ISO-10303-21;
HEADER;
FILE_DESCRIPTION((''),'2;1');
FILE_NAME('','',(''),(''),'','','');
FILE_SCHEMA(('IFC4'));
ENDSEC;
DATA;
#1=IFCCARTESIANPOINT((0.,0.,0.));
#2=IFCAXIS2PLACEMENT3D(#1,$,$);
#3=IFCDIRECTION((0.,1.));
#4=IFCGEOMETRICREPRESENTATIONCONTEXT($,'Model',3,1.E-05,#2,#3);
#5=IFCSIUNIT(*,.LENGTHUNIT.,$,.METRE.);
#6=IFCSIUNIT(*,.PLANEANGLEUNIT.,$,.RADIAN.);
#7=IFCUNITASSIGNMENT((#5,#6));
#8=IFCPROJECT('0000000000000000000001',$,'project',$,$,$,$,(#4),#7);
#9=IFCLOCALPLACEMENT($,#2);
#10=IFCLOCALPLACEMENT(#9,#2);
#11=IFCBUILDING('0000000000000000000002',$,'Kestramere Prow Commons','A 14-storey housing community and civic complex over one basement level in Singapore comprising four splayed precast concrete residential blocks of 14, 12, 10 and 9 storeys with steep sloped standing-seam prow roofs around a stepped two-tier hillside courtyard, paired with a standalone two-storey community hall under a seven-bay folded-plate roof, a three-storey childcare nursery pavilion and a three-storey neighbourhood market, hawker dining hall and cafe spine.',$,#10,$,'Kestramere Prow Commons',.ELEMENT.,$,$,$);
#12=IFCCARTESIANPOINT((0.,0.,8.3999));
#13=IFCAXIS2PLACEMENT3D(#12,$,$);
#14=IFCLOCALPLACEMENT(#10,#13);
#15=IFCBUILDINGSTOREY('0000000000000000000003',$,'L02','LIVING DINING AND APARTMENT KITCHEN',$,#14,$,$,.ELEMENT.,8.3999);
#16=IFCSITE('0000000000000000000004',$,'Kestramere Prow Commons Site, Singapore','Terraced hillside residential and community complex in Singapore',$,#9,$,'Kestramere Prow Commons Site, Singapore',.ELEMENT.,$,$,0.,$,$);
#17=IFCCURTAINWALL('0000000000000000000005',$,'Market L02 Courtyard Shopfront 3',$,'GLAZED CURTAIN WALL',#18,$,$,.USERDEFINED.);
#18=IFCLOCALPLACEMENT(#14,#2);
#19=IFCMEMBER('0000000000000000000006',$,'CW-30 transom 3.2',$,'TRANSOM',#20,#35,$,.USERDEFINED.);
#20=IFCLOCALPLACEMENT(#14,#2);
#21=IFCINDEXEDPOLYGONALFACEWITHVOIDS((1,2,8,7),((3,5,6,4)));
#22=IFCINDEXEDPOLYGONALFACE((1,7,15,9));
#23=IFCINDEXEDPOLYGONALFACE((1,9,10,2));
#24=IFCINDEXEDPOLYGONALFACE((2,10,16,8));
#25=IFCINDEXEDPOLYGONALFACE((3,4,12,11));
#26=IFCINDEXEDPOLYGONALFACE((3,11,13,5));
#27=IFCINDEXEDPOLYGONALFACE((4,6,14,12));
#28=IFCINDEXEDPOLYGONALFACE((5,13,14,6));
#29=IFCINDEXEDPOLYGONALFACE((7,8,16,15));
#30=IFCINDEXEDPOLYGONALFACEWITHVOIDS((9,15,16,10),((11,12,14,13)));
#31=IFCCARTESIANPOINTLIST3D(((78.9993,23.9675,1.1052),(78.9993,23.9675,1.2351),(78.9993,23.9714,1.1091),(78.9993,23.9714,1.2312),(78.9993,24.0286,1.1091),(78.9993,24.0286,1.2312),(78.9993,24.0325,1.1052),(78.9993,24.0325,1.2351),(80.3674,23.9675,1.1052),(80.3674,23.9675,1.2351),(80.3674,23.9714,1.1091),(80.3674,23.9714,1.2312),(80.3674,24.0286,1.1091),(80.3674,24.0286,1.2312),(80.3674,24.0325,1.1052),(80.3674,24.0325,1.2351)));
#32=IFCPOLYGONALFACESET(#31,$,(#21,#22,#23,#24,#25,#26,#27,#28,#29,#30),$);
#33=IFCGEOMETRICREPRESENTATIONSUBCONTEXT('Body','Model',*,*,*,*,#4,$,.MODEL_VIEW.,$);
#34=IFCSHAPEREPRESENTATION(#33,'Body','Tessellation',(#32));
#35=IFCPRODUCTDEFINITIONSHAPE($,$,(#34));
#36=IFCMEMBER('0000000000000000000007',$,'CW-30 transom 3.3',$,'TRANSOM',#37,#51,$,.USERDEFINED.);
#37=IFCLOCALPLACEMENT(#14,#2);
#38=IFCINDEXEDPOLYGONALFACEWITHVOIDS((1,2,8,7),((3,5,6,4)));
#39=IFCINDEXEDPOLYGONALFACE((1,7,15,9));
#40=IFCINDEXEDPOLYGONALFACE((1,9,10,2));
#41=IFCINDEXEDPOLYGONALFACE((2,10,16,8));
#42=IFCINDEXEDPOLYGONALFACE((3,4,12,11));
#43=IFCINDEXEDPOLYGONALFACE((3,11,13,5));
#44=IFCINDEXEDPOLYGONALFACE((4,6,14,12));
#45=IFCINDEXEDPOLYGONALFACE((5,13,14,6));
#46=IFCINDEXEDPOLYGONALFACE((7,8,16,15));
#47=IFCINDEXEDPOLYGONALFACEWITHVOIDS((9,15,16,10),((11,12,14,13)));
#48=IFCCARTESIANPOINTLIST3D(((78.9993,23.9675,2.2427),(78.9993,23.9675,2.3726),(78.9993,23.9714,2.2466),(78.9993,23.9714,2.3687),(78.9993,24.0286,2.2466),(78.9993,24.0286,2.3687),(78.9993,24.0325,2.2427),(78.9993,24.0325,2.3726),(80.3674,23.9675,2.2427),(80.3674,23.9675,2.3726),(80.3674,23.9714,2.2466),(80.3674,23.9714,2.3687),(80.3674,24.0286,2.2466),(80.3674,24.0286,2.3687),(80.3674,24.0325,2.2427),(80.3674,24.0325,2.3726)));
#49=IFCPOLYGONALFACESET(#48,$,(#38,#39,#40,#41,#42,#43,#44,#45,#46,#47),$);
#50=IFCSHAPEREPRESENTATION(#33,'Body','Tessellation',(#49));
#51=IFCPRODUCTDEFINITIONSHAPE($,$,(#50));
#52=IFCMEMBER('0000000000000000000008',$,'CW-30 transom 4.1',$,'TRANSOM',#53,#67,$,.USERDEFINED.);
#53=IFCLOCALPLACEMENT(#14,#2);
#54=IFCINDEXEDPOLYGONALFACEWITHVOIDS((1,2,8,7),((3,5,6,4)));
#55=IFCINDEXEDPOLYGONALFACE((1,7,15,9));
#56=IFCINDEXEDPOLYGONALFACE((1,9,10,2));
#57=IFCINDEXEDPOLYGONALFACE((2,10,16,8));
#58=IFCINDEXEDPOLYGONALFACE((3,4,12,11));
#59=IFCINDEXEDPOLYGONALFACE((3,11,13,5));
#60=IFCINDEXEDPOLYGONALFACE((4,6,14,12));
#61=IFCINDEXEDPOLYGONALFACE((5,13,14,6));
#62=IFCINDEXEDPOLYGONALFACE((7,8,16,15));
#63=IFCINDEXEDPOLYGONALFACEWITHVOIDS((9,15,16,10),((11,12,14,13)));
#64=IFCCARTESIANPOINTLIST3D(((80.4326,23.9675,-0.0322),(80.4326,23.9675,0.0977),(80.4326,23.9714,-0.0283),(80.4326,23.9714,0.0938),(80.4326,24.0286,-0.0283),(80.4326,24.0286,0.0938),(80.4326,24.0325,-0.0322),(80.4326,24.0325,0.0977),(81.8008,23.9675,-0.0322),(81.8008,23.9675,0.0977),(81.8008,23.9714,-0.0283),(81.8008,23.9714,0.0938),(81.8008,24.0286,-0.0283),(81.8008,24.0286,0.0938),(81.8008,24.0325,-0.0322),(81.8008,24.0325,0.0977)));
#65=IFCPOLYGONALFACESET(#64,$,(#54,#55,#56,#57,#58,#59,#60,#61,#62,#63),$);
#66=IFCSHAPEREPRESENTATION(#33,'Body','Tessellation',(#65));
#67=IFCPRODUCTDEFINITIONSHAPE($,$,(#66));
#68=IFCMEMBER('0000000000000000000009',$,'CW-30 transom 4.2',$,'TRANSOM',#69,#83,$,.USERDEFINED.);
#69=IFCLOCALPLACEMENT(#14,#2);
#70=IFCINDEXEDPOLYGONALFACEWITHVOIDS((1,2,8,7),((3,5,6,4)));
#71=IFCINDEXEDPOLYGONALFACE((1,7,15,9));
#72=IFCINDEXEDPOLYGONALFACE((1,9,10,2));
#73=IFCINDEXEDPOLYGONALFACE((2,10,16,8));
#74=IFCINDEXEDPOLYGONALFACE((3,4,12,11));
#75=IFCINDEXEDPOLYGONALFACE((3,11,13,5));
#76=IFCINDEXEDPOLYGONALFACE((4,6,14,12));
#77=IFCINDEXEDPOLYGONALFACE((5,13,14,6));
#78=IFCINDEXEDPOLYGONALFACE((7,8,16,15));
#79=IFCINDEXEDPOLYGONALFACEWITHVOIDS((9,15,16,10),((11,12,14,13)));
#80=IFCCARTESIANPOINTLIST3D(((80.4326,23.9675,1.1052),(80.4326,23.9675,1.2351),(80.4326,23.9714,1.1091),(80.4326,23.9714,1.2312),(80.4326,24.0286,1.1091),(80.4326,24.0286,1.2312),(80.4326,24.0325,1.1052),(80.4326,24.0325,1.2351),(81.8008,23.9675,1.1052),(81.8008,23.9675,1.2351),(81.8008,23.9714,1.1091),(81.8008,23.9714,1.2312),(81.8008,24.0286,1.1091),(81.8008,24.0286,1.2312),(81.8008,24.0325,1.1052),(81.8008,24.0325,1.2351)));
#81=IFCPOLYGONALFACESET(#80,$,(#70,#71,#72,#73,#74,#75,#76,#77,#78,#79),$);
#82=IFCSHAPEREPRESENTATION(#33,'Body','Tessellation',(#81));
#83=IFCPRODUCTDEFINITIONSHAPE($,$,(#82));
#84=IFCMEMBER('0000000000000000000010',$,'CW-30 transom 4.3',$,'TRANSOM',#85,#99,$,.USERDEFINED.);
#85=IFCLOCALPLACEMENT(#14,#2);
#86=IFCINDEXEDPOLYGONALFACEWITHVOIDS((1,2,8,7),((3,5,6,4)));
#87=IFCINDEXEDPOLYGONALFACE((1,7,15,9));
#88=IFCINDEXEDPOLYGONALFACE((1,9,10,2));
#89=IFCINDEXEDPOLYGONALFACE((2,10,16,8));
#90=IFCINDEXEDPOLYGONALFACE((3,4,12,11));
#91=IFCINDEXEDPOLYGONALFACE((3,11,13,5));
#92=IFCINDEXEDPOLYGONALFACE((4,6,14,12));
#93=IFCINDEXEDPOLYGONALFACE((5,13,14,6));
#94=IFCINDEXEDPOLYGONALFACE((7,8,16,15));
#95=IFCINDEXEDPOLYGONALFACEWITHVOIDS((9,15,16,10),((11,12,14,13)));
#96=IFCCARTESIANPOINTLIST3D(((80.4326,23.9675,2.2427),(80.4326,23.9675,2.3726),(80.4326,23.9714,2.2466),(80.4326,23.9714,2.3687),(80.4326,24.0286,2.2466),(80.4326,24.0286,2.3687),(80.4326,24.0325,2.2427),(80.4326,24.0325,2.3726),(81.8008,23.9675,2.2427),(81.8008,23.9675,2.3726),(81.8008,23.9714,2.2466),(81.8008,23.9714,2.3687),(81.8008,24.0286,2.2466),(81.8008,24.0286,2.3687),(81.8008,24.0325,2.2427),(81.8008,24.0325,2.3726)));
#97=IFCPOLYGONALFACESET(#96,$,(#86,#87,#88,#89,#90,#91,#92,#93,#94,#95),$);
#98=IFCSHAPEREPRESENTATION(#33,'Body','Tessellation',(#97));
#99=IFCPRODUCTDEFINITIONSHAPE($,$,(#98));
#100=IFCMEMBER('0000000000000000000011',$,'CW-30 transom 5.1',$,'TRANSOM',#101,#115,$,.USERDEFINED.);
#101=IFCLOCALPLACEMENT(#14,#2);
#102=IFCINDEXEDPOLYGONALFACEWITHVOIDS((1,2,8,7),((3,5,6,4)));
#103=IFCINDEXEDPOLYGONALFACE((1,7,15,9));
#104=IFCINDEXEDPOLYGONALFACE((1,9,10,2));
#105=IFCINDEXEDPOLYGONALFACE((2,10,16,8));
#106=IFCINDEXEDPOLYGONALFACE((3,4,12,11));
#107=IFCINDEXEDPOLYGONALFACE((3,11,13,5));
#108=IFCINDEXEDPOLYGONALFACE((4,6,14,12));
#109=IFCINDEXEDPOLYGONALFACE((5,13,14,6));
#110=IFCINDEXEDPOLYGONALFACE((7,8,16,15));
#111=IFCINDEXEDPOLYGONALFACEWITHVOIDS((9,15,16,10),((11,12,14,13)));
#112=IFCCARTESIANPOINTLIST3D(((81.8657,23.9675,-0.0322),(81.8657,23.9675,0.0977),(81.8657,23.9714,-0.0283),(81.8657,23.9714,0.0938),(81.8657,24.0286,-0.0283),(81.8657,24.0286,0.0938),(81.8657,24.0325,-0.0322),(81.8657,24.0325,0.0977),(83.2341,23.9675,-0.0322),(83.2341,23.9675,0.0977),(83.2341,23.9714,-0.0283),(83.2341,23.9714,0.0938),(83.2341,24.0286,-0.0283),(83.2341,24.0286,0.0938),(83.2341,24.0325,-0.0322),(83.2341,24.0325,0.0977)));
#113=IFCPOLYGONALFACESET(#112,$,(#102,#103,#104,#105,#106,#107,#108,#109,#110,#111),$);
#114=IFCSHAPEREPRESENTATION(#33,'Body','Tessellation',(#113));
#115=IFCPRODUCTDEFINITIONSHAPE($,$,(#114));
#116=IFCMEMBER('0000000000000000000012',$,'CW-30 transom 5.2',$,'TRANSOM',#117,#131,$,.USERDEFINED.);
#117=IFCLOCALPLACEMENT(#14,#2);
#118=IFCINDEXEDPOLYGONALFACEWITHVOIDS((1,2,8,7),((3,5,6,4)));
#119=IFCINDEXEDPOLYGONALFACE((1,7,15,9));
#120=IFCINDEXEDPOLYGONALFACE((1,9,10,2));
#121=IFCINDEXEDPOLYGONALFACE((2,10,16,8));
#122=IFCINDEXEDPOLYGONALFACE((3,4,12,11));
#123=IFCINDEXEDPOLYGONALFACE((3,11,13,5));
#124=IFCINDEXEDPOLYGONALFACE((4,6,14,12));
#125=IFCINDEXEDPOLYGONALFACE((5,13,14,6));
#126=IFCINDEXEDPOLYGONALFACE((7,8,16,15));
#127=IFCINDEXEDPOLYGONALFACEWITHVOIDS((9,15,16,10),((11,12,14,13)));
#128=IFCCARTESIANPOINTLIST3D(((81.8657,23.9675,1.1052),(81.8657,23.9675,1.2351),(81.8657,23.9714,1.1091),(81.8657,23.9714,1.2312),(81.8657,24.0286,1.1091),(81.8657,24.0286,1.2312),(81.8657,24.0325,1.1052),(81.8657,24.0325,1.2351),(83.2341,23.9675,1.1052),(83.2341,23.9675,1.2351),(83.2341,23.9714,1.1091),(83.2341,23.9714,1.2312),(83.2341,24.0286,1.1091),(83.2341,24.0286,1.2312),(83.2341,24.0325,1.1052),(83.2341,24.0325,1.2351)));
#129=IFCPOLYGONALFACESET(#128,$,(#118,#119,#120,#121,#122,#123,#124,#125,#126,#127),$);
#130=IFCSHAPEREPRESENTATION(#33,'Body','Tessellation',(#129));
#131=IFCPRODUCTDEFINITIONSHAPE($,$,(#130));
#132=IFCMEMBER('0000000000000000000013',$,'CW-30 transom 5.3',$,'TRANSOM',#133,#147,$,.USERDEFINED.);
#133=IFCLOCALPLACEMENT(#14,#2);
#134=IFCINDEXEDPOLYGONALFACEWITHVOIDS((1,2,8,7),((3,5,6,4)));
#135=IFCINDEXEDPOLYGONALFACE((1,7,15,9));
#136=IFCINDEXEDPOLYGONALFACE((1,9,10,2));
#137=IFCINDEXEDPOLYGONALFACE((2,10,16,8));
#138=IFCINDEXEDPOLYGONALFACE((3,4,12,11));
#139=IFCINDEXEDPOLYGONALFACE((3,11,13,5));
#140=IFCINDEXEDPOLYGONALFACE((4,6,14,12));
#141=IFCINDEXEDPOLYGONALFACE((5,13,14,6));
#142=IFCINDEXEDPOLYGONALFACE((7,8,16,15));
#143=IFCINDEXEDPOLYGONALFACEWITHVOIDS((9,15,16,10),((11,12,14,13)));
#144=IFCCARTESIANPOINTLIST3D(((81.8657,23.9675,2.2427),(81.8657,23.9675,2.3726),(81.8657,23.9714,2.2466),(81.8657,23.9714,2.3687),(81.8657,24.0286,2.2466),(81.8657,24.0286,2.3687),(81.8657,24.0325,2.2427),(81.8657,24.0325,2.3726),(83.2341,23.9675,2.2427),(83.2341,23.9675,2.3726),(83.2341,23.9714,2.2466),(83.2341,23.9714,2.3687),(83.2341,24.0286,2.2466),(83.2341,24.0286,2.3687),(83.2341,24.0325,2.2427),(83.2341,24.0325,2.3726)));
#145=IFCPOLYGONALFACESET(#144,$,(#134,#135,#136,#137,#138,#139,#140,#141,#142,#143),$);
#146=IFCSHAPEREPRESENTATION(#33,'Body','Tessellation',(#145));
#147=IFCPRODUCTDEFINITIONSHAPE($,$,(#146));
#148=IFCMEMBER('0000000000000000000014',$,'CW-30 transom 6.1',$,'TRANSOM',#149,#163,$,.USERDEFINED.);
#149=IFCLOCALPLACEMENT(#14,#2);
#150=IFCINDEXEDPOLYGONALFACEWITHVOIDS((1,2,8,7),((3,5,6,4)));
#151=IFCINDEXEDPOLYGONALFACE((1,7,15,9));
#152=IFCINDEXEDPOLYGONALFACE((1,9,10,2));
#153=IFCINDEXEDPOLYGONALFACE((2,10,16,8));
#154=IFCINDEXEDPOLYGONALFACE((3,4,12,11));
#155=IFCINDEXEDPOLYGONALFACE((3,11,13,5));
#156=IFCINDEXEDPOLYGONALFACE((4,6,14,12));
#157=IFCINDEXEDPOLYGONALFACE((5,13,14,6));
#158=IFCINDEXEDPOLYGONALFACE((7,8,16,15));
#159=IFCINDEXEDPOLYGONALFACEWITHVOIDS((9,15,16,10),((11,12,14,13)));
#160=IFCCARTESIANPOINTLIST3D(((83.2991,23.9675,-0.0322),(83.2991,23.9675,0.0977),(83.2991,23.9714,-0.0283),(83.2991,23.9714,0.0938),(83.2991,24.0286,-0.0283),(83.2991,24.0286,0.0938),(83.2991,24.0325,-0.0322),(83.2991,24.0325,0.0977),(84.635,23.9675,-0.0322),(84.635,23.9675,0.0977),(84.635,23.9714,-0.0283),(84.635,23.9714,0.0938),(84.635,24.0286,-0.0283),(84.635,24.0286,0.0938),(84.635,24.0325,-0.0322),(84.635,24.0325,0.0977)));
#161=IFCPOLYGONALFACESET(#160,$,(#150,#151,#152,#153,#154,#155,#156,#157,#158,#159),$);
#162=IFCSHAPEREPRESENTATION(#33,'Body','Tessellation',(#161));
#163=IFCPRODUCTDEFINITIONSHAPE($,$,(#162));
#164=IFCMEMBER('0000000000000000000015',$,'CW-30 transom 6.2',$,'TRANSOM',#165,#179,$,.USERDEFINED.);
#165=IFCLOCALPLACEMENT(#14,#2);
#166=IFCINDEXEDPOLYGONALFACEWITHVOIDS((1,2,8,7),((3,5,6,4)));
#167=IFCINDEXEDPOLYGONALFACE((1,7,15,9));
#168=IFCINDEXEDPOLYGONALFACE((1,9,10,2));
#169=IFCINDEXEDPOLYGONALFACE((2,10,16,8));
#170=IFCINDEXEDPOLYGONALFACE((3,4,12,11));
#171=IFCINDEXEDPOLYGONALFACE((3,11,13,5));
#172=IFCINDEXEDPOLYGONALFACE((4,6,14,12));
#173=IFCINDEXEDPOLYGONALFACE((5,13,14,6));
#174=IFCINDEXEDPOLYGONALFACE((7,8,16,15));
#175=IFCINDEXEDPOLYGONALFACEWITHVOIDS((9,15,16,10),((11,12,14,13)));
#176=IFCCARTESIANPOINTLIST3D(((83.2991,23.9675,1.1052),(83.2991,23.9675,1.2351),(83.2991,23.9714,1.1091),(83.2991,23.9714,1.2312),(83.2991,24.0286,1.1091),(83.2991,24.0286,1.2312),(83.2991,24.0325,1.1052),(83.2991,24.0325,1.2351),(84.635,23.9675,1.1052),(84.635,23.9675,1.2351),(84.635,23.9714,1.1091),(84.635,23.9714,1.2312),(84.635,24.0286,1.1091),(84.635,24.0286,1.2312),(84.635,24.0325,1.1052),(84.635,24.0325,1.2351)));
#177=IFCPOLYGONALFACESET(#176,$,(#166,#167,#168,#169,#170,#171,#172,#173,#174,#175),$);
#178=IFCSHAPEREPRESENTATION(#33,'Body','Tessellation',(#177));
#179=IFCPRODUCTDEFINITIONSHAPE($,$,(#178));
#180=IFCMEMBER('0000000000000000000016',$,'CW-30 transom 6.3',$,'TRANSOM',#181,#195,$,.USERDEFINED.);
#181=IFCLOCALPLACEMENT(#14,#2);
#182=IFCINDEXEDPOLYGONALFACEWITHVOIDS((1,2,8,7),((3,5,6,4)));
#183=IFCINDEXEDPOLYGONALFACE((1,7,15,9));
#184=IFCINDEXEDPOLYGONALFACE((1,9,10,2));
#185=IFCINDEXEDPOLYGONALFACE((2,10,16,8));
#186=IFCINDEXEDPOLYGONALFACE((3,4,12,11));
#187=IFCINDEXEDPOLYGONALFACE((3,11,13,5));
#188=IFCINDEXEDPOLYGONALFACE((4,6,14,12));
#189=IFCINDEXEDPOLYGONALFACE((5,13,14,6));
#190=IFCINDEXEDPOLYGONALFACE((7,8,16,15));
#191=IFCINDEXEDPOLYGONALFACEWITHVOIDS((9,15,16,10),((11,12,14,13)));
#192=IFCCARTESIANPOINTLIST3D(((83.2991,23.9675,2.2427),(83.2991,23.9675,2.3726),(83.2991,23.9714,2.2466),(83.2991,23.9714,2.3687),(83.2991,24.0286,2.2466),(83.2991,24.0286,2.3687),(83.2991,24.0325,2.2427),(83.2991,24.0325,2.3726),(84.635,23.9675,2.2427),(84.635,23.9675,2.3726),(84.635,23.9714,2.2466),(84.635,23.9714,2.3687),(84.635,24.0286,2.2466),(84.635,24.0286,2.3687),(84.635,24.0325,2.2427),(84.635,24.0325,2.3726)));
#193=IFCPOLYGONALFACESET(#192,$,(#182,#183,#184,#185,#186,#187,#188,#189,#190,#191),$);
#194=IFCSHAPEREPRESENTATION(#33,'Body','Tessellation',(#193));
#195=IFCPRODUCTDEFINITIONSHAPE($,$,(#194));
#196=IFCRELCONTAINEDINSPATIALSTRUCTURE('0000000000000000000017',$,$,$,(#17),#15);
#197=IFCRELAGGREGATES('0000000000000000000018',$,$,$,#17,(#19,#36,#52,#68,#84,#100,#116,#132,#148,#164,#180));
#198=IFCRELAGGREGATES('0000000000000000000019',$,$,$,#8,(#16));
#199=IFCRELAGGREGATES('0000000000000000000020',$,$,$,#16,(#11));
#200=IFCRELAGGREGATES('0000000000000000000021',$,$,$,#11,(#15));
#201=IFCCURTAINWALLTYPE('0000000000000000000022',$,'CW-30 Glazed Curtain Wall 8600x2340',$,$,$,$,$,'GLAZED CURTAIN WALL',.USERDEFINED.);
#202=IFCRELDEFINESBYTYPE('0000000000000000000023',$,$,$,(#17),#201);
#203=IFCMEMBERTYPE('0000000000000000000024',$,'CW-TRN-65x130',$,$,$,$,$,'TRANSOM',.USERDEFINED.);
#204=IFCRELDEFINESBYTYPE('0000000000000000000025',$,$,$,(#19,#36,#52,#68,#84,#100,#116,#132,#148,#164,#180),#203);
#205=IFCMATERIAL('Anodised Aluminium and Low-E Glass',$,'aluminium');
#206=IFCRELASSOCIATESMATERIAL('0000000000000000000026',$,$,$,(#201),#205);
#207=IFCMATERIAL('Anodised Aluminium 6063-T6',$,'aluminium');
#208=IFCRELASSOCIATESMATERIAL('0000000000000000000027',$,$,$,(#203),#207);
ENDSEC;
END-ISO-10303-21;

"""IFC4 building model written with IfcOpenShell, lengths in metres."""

from ifc_helpers import new_model, si_unit, direction, frame, origin, origin_2d, place, context, subcontext, project, spatial, hollow_rectangle, extrude, material, material_profile, profile_set, type_object, element, aggregate, save


model = new_model("IFC4")

# Units and contexts
model_context = context("Model", 3, precision=1e-05, world=origin(), true_north=direction((0.0, 1.0)))
body_context = subcontext(model_context, "Body", "Model", "MODEL_VIEW")
ifc_project = project(units=[si_unit("LENGTHUNIT", "METRE"), si_unit("PLANEANGLEUNIT", "RADIAN")], contexts=[model_context])

# Site, building, storey
site_placement = place(None, origin())
site = spatial("IfcSite", under=ifc_project, at=site_placement, Name="Kestramere Prow Commons Site, Singapore", Description="Terraced hillside residential and community complex in Singapore", LongName="Kestramere Prow Commons Site, Singapore", CompositionType="ELEMENT", RefElevation=0.0)
building_placement = place(site_placement, origin())
building = spatial("IfcBuilding", under=site, at=building_placement, Name="Kestramere Prow Commons", Description="A 14-storey housing community and civic complex over one basement level in Singapore comprising four splayed precast concrete residential blocks of 14, 12, 10 and 9 storeys with steep sloped standing-seam prow roofs around a stepped two-tier hillside courtyard, paired with a standalone two-storey community hall under a seven-bay folded-plate roof, a three-storey childcare nursery pavilion and a three-storey neighbourhood market, hawker dining hall and cafe spine.", LongName="Kestramere Prow Commons", CompositionType="ELEMENT")
storey_placement = place(building_placement, frame((0.0, 0.0, 8.3999)))
storey = spatial("IfcBuildingStorey", under=building, at=storey_placement, Name="L02", Description="LIVING DINING AND APARTMENT KITCHEN", CompositionType="ELEMENT", Elevation=8.3999)

# Curtain wall, members
ifc_material_1 = material(Name="Anodised Aluminium and Low-E Glass", Category="aluminium")
curtain_wall_type = type_object("IfcCurtainWallType", Name="CW-30 Glazed Curtain Wall 8600x2340", ElementType="GLAZED CURTAIN WALL", PredefinedType="USERDEFINED", material=ifc_material_1)
curtain_wall_placement = place(storey_placement, origin())
curtain_wall = element("IfcCurtainWall", 1, at=curtain_wall_placement, inside=storey, type_object=curtain_wall_type, Name="Market L02 Courtyard Shopfront 3", ObjectType="GLAZED CURTAIN WALL", PredefinedType="USERDEFINED")
ifc_material_2 = material(Name="Anodised Aluminium 6063-T6", Category="aluminium")
ifc_material_profile_1 = material_profile(ifc_material_2, hollow_rectangle(XDim=0.0649, YDim=0.1299, WallThickness=0.0039, at=origin_2d()), Name="ALU-TRN 65x130")
ifc_profile_set_1 = profile_set([ifc_material_profile_1], Name="Anodised Aluminium 6063-T6")
member_type_1 = type_object("IfcMemberType", Name="CW-TRN-65x130", ElementType="TRANSOM", PredefinedType="USERDEFINED", material=ifc_profile_set_1)
member_1_placement = place(storey_placement, frame((78.9993, 24.0, 1.1702), z_axis=(1.0, 0.0, 0.0), x_axis=(0.0, 1.0, 0.0)))
member_1 = element("IfcMember", 2, at=member_1_placement, type_object=member_type_1, Name="CW-30 transom 3.2", ObjectType="TRANSOM", PredefinedType="USERDEFINED", context=body_context, shape_type="SweptSolid", body=[
    extrude(hollow_rectangle(XDim=0.0649, YDim=0.1299, WallThickness=0.0039, at=origin_2d()), origin(), (0.0, 0.0, 1.0), 1.3682),
])
member_2_placement = place(storey_placement, frame((78.9993, 24.0, 2.3076), z_axis=(1.0, 0.0, 0.0), x_axis=(0.0, 1.0, 0.0)))
member_2 = element("IfcMember", 3, at=member_2_placement, type_object=member_type_1, Name="CW-30 transom 3.3", ObjectType="TRANSOM", PredefinedType="USERDEFINED", context=body_context, shape_type="SweptSolid", body=[
    extrude(hollow_rectangle(XDim=0.0649, YDim=0.1299, WallThickness=0.0039, at=origin_2d()), origin(), (0.0, 0.0, 1.0), 1.3682),
])
member_3_placement = place(storey_placement, frame((80.4326, 24.0, 0.0327), z_axis=(1.0, 0.0, 0.0), x_axis=(0.0, 1.0, 0.0)))
member_3 = element("IfcMember", 4, at=member_3_placement, type_object=member_type_1, Name="CW-30 transom 4.1", ObjectType="TRANSOM", PredefinedType="USERDEFINED", context=body_context, shape_type="SweptSolid", body=[
    extrude(hollow_rectangle(XDim=0.0649, YDim=0.1299, WallThickness=0.0039, at=origin_2d()), origin(), (0.0, 0.0, 1.0), 1.3682),
])
member_4_placement = place(storey_placement, frame((80.4326, 24.0, 1.1702), z_axis=(1.0, 0.0, 0.0), x_axis=(0.0, 1.0, 0.0)))
member_4 = element("IfcMember", 5, at=member_4_placement, type_object=member_type_1, Name="CW-30 transom 4.2", ObjectType="TRANSOM", PredefinedType="USERDEFINED", context=body_context, shape_type="SweptSolid", body=[
    extrude(hollow_rectangle(XDim=0.0649, YDim=0.1299, WallThickness=0.0039, at=origin_2d()), origin(), (0.0, 0.0, 1.0), 1.3682),
])
member_5_placement = place(storey_placement, frame((80.4326, 24.0, 2.3076), z_axis=(1.0, 0.0, 0.0), x_axis=(0.0, 1.0, 0.0)))
member_5 = element("IfcMember", 6, at=member_5_placement, type_object=member_type_1, Name="CW-30 transom 4.3", ObjectType="TRANSOM", PredefinedType="USERDEFINED", context=body_context, shape_type="SweptSolid", body=[
    extrude(hollow_rectangle(XDim=0.0649, YDim=0.1299, WallThickness=0.0039, at=origin_2d()), origin(), (0.0, 0.0, 1.0), 1.3682),
])
member_6_placement = place(storey_placement, frame((81.8657, 24.0, 0.0327), z_axis=(1.0, 0.0, 0.0), x_axis=(0.0, 1.0, 0.0)))
member_6 = element("IfcMember", 7, at=member_6_placement, type_object=member_type_1, Name="CW-30 transom 5.1", ObjectType="TRANSOM", PredefinedType="USERDEFINED", context=body_context, shape_type="SweptSolid", body=[
    extrude(hollow_rectangle(XDim=0.0649, YDim=0.1299, WallThickness=0.0039, at=origin_2d()), origin(), (0.0, 0.0, 1.0), 1.3684),
])
member_7_placement = place(storey_placement, frame((81.8657, 24.0, 1.1702), z_axis=(1.0, 0.0, 0.0), x_axis=(0.0, 1.0, 0.0)))
member_7 = element("IfcMember", 8, at=member_7_placement, type_object=member_type_1, Name="CW-30 transom 5.2", ObjectType="TRANSOM", PredefinedType="USERDEFINED", context=body_context, shape_type="SweptSolid", body=[
    extrude(hollow_rectangle(XDim=0.0649, YDim=0.1299, WallThickness=0.0039, at=origin_2d()), origin(), (0.0, 0.0, 1.0), 1.3684),
])
member_8_placement = place(storey_placement, frame((81.8657, 24.0, 2.3076), z_axis=(1.0, 0.0, 0.0), x_axis=(0.0, 1.0, 0.0)))
member_8 = element("IfcMember", 9, at=member_8_placement, type_object=member_type_1, Name="CW-30 transom 5.3", ObjectType="TRANSOM", PredefinedType="USERDEFINED", context=body_context, shape_type="SweptSolid", body=[
    extrude(hollow_rectangle(XDim=0.0649, YDim=0.1299, WallThickness=0.0039, at=origin_2d()), origin(), (0.0, 0.0, 1.0), 1.3684),
])
member_9_placement = place(storey_placement, frame((83.2991, 24.0, 0.0327), z_axis=(1.0, 0.0, 0.0), x_axis=(0.0, 1.0, 0.0)))
member_9 = element("IfcMember", 10, at=member_9_placement, type_object=member_type_1, Name="CW-30 transom 6.1", ObjectType="TRANSOM", PredefinedType="USERDEFINED", context=body_context, shape_type="SweptSolid", body=[
    extrude(hollow_rectangle(XDim=0.0649, YDim=0.1299, WallThickness=0.0039, at=origin_2d()), origin(), (0.0, 0.0, 1.0), 1.3359),
])
member_10_placement = place(storey_placement, frame((83.2991, 24.0, 1.1702), z_axis=(1.0, 0.0, 0.0), x_axis=(0.0, 1.0, 0.0)))
member_10 = element("IfcMember", 11, at=member_10_placement, type_object=member_type_1, Name="CW-30 transom 6.2", ObjectType="TRANSOM", PredefinedType="USERDEFINED", context=body_context, shape_type="SweptSolid", body=[
    extrude(hollow_rectangle(XDim=0.0649, YDim=0.1299, WallThickness=0.0039, at=origin_2d()), origin(), (0.0, 0.0, 1.0), 1.3359),
])
member_11_placement = place(storey_placement, frame((83.2991, 24.0, 2.3076), z_axis=(1.0, 0.0, 0.0), x_axis=(0.0, 1.0, 0.0)))
member_11 = element("IfcMember", 12, at=member_11_placement, type_object=member_type_1, Name="CW-30 transom 6.3", ObjectType="TRANSOM", PredefinedType="USERDEFINED", context=body_context, shape_type="SweptSolid", body=[
    extrude(hollow_rectangle(XDim=0.0649, YDim=0.1299, WallThickness=0.0039, at=origin_2d()), origin(), (0.0, 0.0, 1.0), 1.3359),
])
aggregate(curtain_wall, [member_1, member_2, member_3, member_4, member_5, member_6, member_7, member_8, member_9, member_10, member_11])

save(model, "model.ifc")
